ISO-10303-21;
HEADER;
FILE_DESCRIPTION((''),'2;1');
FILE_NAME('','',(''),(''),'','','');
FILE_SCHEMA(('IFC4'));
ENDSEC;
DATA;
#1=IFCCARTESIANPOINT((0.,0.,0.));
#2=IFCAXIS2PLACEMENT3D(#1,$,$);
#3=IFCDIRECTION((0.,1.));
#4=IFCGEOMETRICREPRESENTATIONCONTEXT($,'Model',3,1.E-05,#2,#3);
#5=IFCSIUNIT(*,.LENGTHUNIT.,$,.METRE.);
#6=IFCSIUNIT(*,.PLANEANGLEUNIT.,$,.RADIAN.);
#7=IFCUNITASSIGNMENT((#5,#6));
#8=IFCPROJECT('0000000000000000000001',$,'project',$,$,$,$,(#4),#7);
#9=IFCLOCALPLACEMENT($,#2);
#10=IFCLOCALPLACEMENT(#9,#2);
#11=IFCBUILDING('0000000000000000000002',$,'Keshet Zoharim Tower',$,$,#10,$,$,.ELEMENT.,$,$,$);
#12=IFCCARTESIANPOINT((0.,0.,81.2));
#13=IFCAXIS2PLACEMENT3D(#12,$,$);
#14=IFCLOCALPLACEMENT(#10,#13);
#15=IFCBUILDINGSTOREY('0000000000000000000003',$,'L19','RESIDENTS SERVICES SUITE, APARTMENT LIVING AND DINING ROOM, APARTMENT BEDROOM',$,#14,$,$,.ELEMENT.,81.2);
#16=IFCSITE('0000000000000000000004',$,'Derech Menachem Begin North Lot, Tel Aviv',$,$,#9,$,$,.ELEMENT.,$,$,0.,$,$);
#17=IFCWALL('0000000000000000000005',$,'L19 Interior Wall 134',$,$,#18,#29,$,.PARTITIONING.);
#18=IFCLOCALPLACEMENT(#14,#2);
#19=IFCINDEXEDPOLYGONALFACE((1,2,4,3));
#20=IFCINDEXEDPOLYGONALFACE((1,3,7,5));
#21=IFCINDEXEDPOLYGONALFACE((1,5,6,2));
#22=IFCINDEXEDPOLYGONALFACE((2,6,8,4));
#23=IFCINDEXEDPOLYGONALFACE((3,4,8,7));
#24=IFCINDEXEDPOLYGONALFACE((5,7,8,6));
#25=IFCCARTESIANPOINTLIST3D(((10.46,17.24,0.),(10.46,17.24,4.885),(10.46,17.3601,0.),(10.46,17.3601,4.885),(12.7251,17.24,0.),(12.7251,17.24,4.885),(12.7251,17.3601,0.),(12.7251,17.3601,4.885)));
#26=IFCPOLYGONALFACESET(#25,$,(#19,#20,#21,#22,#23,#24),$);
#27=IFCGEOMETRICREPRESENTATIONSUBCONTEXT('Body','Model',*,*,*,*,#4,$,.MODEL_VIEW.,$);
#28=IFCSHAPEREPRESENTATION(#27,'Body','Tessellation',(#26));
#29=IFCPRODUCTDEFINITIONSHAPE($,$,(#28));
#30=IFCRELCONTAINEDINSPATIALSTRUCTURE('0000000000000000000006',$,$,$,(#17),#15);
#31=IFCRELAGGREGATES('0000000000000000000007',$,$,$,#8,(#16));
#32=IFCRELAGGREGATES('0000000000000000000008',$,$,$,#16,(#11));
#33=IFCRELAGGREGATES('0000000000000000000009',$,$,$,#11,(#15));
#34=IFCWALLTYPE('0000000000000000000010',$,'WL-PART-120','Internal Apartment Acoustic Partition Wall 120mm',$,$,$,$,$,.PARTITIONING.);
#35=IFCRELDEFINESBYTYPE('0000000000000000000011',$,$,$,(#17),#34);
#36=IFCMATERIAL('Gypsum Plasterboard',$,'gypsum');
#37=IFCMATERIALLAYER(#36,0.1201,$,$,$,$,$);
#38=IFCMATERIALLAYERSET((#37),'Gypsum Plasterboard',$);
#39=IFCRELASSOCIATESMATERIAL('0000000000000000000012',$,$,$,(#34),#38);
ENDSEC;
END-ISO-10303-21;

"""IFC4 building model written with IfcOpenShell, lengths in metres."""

from ifc_helpers import new_model, si_unit, direction, frame, frame_2d, origin, place, context, subcontext, project, spatial, rectangle, extrude, material, layer, layer_set, type_object, element, save


model = new_model("IFC4")

# Units and contexts
model_context = context("Model", 3, precision=1e-05, world=origin(), true_north=direction((0.0, 1.0)))
body_context = subcontext(model_context, "Body", "Model", "MODEL_VIEW")
ifc_project = project(units=[si_unit("LENGTHUNIT", "METRE"), si_unit("PLANEANGLEUNIT", "RADIAN")], contexts=[model_context])

# Site, building, storey
site_placement = place(None, origin())
site = spatial("IfcSite", under=ifc_project, at=site_placement, Name="Derech Menachem Begin North Lot, Tel Aviv", CompositionType="ELEMENT", RefElevation=0.0)
building_placement = place(site_placement, origin())
building = spatial("IfcBuilding", under=site, at=building_placement, Name="Keshet Zoharim Tower", CompositionType="ELEMENT")
storey_placement = place(building_placement, frame((0.0, 0.0, 81.2)))
storey = spatial("IfcBuildingStorey", under=building, at=storey_placement, Name="L19", Description="RESIDENTS SERVICES SUITE, APARTMENT LIVING AND DINING ROOM, APARTMENT BEDROOM", CompositionType="ELEMENT", Elevation=81.2)

# Shared definitions
ifc_material_1 = material(Name="Gypsum Plasterboard", Category="gypsum")

# Wall
ifc_layer_1 = layer(ifc_material_1, 0.1201)
ifc_layer_set_1 = layer_set([ifc_layer_1], Name="Gypsum Plasterboard")
wall_type_1 = type_object("IfcWallType", Name="WL-PART-120", Description="Internal Apartment Acoustic Partition Wall 120mm", PredefinedType="PARTITIONING", material=ifc_layer_set_1)
wall_1_placement = place(storey_placement, frame((10.46, 17.3, 0.0), z_axis=(0.0, 0.0, 1.0), x_axis=(1.0, 0.0, 0.0)))
element("IfcWall", 1, at=wall_1_placement, inside=storey, type_object=wall_type_1, Name="L19 Interior Wall 134", PredefinedType="PARTITIONING", context=body_context, shape_type="SweptSolid", body=[
    extrude(rectangle(XDim=2.2651, YDim=0.1201, at=frame_2d((1.1326, 0.0))), origin(), (0.0, 0.0, 1.0), 4.885),
])

save(model, "model.ifc")
